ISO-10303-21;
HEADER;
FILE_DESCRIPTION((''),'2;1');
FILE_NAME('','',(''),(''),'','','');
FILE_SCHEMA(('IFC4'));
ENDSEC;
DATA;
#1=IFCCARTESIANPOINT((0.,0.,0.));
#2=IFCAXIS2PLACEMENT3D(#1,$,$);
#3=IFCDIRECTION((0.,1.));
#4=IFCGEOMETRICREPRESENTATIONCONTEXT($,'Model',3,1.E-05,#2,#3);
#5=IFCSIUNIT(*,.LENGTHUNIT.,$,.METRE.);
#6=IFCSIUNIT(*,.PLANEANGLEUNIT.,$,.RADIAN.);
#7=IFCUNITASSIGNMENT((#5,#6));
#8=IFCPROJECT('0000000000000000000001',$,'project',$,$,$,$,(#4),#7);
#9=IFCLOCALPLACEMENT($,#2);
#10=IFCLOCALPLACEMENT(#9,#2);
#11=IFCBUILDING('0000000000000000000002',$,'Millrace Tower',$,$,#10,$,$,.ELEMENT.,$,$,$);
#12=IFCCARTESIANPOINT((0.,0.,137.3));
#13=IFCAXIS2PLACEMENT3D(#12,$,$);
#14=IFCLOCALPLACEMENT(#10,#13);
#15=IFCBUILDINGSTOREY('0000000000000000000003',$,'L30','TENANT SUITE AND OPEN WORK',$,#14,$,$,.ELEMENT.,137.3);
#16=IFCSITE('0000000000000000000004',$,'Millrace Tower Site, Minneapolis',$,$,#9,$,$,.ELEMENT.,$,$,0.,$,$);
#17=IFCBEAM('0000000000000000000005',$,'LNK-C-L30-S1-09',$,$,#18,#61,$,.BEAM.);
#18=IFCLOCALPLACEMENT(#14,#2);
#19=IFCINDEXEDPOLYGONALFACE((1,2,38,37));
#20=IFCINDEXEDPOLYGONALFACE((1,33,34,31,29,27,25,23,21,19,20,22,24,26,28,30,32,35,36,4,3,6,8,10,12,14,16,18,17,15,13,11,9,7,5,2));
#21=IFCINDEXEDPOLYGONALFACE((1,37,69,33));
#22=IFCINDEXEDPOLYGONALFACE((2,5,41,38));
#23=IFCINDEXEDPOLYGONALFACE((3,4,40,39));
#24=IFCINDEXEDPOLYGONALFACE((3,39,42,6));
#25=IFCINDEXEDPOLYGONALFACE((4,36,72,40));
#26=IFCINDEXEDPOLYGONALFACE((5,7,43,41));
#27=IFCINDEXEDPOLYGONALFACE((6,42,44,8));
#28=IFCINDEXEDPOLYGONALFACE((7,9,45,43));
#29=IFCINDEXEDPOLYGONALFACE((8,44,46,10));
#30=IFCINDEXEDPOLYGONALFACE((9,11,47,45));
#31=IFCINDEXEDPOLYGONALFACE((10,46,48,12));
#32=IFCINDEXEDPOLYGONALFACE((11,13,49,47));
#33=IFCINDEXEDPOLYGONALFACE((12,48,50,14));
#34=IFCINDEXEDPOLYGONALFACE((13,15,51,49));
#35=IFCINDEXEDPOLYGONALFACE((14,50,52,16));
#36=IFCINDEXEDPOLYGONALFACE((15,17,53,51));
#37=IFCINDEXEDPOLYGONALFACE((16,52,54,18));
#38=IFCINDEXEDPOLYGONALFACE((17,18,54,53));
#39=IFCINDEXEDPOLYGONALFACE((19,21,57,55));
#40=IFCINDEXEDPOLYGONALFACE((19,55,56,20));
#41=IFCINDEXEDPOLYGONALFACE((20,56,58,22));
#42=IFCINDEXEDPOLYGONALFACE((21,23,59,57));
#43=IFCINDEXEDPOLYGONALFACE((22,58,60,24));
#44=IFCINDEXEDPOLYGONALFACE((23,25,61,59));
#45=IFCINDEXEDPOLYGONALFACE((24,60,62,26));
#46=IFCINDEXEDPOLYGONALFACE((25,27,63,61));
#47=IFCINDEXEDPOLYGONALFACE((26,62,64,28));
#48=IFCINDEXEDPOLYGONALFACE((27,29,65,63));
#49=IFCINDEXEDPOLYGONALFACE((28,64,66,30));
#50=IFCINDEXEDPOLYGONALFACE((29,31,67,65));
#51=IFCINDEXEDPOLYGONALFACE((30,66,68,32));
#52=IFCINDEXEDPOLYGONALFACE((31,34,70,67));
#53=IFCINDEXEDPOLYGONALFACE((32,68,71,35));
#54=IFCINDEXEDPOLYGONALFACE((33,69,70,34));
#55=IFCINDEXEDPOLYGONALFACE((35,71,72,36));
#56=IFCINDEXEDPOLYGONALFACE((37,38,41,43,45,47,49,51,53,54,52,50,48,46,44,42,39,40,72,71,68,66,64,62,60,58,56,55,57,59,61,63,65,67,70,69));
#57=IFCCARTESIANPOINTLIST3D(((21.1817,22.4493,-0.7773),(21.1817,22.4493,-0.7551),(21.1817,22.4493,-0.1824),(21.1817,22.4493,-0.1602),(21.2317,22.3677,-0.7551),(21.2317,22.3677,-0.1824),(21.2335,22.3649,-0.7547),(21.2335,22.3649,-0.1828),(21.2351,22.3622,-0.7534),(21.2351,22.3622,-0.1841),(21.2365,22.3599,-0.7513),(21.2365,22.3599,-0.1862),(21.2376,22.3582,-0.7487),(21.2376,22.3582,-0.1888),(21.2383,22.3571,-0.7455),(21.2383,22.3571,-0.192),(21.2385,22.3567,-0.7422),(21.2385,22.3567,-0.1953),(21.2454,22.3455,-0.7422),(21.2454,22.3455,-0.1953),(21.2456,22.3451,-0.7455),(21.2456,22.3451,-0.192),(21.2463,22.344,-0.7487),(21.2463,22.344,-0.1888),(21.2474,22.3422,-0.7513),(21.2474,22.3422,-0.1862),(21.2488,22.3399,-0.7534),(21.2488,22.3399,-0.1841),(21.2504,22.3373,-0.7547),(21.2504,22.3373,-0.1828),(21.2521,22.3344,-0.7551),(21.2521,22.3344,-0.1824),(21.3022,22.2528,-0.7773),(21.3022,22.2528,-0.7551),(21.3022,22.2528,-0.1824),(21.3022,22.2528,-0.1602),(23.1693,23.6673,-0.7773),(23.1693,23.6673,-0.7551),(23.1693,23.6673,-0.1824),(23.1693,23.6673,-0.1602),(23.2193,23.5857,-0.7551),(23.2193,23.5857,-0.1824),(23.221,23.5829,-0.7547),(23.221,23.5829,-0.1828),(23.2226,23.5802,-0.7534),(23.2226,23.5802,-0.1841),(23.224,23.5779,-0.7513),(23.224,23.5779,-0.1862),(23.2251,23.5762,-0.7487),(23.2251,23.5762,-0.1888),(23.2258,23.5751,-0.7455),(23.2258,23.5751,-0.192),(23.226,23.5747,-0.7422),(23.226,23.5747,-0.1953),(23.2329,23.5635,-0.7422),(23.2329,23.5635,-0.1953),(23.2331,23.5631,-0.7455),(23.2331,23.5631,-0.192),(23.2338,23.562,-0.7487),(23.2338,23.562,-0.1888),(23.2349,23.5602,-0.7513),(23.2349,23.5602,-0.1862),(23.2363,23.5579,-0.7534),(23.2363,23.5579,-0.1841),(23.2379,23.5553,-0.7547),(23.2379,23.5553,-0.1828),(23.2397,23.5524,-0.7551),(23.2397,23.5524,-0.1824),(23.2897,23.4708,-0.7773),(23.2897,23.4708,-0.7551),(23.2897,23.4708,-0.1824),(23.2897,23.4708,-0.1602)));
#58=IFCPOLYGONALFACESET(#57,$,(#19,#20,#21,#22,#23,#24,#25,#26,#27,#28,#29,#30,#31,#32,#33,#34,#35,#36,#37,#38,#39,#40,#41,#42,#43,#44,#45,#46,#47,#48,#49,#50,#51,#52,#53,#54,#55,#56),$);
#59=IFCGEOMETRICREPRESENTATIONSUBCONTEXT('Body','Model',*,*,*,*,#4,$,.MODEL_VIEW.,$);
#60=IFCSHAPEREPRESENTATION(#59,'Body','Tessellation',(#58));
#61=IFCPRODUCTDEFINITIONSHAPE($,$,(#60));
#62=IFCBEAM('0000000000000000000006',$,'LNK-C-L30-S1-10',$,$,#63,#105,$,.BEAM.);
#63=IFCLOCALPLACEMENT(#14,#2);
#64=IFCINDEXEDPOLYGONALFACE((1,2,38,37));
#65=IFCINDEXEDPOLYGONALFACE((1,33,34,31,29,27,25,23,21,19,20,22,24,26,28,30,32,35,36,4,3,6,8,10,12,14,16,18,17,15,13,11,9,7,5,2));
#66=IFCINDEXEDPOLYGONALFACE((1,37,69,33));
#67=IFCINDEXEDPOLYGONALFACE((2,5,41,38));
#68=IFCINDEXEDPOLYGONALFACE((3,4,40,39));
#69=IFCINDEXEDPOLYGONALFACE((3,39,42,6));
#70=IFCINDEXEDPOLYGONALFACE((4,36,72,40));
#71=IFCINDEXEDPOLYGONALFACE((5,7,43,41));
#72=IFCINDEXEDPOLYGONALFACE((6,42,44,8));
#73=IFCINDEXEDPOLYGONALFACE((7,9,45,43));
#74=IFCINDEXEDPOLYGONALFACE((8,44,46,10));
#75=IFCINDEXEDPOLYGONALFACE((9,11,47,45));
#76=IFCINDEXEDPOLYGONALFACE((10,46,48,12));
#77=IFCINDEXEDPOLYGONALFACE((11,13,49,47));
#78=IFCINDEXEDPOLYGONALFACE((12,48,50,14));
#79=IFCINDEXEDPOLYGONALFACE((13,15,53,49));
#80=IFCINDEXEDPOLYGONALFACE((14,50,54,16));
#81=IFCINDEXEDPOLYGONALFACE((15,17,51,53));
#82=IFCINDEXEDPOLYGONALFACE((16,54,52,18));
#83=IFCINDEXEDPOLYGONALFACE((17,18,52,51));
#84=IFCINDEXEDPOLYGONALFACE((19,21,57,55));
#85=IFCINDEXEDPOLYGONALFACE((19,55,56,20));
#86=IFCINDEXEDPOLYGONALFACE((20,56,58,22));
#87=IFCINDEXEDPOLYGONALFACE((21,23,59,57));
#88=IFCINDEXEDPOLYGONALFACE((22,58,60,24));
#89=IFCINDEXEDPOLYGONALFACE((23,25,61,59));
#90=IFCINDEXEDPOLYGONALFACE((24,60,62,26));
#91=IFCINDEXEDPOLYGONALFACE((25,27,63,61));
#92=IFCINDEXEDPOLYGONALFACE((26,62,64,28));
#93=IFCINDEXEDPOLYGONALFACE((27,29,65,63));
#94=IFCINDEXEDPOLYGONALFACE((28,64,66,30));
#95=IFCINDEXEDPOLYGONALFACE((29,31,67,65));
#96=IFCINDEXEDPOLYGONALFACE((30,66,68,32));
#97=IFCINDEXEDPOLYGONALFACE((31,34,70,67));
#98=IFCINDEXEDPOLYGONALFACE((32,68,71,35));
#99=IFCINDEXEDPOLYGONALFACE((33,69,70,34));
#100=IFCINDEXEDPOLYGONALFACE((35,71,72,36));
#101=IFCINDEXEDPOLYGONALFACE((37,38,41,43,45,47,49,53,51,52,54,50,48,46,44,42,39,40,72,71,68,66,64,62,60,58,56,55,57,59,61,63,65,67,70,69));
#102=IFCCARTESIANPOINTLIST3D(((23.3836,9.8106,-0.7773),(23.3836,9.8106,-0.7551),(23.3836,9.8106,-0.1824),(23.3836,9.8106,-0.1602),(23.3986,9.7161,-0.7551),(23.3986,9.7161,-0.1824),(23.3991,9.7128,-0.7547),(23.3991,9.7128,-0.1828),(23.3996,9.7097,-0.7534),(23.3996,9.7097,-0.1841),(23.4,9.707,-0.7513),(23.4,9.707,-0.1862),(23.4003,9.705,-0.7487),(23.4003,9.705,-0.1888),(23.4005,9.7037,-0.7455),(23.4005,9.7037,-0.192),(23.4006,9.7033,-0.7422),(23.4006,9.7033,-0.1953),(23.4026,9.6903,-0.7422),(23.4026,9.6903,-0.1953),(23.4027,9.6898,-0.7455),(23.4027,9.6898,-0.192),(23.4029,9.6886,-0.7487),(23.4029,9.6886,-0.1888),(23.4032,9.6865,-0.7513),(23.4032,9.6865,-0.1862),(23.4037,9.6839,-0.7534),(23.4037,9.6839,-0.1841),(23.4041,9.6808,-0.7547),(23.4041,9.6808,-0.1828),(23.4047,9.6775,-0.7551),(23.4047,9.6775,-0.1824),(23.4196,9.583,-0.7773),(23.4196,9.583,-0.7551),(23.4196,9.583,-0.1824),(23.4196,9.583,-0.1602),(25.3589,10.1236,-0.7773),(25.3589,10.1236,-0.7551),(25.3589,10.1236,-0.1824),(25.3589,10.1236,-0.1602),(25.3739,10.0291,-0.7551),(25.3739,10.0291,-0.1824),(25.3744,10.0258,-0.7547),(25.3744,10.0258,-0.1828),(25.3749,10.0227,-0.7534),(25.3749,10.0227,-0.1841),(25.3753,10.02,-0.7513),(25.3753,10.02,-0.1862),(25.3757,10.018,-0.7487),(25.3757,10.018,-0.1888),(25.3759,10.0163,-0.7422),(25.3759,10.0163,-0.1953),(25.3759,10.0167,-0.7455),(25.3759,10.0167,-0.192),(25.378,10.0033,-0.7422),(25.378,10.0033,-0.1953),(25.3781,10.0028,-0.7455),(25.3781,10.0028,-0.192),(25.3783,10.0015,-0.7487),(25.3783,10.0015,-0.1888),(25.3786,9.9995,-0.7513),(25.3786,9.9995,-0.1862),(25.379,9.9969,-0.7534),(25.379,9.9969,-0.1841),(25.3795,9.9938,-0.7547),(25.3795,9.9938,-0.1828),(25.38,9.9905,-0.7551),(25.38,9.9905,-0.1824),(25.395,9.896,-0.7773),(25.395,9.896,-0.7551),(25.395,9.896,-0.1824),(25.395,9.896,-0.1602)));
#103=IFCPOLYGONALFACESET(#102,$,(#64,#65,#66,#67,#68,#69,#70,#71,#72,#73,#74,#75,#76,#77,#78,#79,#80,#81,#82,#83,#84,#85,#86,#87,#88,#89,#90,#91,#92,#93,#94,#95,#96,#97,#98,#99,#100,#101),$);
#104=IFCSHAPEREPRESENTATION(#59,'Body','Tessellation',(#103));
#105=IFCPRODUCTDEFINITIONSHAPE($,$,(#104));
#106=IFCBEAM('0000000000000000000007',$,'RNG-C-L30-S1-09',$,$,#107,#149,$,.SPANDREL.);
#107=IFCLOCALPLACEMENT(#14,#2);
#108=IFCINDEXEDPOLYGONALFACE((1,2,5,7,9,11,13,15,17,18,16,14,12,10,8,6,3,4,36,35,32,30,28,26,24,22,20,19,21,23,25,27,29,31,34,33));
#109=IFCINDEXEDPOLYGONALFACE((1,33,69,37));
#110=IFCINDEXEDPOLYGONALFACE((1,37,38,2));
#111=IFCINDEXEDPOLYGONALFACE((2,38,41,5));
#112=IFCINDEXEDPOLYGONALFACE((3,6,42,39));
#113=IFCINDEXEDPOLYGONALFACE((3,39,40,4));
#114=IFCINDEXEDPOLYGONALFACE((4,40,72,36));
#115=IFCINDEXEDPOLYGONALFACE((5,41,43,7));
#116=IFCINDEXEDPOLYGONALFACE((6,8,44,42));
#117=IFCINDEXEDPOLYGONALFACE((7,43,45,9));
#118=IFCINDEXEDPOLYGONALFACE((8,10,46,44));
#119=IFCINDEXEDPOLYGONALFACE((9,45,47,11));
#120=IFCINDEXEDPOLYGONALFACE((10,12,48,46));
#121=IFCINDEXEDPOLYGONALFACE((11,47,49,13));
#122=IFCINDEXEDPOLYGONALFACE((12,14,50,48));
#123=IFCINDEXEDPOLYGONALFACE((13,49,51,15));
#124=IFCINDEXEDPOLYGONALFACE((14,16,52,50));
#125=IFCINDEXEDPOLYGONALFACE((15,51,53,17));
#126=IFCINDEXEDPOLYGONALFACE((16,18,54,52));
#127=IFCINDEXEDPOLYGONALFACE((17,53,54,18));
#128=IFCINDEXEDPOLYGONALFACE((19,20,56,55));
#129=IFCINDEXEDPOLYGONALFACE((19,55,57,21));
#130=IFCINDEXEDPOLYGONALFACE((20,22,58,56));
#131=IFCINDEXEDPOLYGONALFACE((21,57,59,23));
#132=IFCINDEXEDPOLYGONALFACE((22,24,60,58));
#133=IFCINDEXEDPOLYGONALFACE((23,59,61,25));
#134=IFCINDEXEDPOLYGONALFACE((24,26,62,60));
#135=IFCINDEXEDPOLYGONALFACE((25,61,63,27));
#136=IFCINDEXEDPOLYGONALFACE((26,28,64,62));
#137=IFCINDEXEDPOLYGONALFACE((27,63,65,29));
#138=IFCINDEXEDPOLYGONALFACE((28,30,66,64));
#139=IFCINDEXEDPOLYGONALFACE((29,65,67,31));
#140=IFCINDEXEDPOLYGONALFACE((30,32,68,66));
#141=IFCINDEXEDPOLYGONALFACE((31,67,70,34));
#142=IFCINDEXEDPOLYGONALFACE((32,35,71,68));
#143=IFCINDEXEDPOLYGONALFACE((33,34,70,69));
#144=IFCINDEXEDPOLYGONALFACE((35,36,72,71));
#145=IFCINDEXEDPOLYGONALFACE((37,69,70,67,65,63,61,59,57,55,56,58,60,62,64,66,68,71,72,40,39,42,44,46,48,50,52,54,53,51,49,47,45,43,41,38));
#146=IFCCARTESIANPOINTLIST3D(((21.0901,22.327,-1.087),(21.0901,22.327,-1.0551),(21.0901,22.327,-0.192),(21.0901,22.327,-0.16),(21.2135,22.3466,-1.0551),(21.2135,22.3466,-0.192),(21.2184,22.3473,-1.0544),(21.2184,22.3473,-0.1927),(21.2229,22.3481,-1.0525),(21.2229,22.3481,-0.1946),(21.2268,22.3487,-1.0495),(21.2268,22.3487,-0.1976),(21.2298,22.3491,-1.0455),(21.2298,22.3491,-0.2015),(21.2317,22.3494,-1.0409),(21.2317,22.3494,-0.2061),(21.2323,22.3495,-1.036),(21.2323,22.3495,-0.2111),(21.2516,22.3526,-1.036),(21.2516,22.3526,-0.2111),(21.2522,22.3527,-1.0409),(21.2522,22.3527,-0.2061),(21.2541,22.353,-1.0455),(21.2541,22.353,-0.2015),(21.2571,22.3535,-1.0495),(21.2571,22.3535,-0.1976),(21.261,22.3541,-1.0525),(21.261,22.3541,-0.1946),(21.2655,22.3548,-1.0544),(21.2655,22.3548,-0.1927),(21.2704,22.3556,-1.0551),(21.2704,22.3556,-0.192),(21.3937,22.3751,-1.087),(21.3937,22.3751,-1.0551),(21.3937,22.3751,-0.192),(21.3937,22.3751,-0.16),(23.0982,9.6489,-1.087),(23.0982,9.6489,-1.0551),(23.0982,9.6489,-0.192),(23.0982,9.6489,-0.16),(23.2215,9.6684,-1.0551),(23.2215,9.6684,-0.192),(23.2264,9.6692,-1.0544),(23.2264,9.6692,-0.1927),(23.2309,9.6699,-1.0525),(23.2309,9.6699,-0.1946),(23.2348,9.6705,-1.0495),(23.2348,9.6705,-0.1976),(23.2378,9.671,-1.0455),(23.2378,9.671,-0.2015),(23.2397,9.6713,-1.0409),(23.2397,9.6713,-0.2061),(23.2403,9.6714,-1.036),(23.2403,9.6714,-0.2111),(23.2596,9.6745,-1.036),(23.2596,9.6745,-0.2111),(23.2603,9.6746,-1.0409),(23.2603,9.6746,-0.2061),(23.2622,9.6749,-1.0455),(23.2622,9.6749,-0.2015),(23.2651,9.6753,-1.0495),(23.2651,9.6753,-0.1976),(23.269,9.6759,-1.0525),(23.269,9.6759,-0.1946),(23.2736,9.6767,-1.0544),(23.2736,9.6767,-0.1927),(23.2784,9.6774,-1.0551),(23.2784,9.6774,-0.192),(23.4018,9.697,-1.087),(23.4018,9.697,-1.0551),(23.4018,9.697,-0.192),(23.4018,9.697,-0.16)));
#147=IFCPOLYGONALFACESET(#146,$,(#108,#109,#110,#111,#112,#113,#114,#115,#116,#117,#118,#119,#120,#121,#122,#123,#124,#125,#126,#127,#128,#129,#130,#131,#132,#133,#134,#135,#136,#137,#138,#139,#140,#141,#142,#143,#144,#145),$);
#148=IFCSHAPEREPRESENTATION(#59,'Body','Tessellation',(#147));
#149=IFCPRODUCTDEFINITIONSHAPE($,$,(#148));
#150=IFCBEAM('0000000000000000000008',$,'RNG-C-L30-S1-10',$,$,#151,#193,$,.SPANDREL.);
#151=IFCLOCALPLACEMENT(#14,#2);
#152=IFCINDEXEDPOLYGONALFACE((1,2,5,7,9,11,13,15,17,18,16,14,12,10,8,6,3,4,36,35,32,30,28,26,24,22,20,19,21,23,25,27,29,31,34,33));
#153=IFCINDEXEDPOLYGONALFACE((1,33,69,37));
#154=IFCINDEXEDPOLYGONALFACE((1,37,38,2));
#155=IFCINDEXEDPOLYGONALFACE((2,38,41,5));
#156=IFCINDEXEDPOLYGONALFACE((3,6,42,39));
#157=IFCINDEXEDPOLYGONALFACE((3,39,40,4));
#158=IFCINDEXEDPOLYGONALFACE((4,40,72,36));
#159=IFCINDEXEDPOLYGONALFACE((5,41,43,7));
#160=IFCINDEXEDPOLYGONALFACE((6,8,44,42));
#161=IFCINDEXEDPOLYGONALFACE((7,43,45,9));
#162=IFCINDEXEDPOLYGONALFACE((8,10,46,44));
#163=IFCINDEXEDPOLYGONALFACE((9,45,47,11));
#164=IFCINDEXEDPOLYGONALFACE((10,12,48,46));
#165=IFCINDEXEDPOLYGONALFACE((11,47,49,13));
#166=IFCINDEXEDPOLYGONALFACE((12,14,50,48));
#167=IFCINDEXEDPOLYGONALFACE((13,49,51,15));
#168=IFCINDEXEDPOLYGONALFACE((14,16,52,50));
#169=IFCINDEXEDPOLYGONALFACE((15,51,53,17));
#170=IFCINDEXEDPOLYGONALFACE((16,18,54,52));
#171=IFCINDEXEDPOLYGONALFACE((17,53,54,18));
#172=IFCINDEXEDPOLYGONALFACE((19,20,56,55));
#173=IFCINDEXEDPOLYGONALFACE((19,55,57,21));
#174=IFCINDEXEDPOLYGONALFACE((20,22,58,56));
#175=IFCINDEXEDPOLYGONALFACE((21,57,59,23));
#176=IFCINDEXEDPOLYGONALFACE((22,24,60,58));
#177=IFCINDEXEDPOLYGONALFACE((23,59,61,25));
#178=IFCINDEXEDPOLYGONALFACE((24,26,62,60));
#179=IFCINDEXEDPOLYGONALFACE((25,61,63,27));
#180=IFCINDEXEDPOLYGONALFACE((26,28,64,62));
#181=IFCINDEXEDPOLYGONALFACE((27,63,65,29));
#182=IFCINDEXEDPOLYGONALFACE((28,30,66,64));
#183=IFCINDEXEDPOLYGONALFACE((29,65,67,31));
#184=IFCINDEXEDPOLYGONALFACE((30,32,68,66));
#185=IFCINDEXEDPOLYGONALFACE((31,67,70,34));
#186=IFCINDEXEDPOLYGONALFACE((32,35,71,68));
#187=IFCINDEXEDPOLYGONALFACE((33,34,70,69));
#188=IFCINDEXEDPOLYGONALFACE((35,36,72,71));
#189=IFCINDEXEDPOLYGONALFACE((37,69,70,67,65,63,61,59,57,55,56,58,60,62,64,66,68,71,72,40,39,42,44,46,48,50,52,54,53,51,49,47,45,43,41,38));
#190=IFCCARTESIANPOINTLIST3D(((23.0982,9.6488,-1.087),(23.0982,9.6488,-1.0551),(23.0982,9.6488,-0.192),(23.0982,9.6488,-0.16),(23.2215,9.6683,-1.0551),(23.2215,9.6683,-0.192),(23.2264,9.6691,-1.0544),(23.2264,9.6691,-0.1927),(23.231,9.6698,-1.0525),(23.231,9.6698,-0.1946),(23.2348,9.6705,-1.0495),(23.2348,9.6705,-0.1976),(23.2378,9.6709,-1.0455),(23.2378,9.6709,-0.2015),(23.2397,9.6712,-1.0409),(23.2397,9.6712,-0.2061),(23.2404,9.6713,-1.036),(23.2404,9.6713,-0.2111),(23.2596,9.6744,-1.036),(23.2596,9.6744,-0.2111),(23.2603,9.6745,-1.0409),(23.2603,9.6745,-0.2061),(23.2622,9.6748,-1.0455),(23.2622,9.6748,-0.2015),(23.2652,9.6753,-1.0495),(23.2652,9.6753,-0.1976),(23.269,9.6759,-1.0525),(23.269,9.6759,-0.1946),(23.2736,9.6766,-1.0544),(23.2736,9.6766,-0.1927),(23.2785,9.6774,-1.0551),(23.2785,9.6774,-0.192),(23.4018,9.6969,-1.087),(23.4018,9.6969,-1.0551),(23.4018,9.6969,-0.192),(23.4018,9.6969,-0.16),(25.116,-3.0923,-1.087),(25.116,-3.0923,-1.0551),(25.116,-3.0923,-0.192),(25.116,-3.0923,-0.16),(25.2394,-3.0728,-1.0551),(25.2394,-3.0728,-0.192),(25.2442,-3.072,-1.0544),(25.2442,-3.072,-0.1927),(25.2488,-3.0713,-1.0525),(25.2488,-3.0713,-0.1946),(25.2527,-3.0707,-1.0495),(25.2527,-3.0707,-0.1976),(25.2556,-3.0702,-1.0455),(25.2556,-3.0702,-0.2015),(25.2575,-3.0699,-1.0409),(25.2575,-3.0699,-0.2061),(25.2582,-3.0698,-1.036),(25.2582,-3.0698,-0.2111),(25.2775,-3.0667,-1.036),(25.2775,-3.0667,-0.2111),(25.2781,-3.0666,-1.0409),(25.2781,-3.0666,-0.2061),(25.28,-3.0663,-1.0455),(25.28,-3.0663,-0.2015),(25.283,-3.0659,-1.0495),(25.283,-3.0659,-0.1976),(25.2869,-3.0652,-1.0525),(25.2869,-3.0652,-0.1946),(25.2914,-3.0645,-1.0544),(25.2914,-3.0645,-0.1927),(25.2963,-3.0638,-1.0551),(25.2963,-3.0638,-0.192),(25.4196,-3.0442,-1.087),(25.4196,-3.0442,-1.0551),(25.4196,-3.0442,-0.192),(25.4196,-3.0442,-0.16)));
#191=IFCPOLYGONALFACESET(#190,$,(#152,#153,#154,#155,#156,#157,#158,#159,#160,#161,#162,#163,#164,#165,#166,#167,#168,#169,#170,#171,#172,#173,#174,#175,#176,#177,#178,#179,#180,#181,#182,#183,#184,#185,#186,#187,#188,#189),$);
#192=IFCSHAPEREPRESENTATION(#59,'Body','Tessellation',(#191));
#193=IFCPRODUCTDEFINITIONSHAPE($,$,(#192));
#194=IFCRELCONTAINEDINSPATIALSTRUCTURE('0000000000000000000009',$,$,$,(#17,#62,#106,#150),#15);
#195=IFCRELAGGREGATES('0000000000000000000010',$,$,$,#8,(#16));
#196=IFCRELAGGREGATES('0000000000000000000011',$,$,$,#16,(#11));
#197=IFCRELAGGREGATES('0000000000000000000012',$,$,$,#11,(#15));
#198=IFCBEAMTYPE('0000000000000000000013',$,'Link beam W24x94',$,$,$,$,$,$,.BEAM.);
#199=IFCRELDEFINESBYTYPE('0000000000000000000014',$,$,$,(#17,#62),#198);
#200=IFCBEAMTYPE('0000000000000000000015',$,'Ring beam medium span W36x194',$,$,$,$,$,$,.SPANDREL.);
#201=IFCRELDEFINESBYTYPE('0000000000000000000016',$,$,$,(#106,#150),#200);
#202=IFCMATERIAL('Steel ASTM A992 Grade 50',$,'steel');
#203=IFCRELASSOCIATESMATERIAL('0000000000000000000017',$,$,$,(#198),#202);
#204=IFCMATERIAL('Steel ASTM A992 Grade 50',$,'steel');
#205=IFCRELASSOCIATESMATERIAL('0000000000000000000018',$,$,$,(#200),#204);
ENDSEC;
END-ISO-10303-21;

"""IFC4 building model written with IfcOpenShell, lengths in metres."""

from ifc_helpers import new_model, si_unit, direction, frame, origin, origin_2d, place, context, subcontext, project, spatial, i_section, extrude, material, material_profile, profile_set, type_object, element, save


model = new_model("IFC4")

# Units and contexts
model_context = context("Model", 3, precision=1e-05, world=origin(), true_north=direction((0.0, 1.0)))
body_context = subcontext(model_context, "Body", "Model", "MODEL_VIEW")
ifc_project = project(units=[si_unit("LENGTHUNIT", "METRE"), si_unit("PLANEANGLEUNIT", "RADIAN")], contexts=[model_context])

# Site, building, storey
site_placement = place(None, origin())
site = spatial("IfcSite", under=ifc_project, at=site_placement, Name="Millrace Tower Site, Minneapolis", CompositionType="ELEMENT", RefElevation=0.0)
building_placement = place(site_placement, origin())
building = spatial("IfcBuilding", under=site, at=building_placement, Name="Millrace Tower", CompositionType="ELEMENT")
storey_placement = place(building_placement, frame((0.0, 0.0, 137.3)))
storey = spatial("IfcBuildingStorey", under=building, at=storey_placement, Name="L30", Description="TENANT SUITE AND OPEN WORK", CompositionType="ELEMENT", Elevation=137.3)

# Beams
ifc_material_1 = material(Name="Steel ASTM A992 Grade 50", Category="steel")
ifc_material_profile_1 = material_profile(ifc_material_1, i_section(OverallWidth=0.2305, OverallDepth=0.6172, WebThickness=0.0132, FlangeThickness=0.0222, FilletRadius=0.0129, at=origin_2d()))
ifc_profile_set_1 = profile_set([ifc_material_profile_1], Name="Steel ASTM A992 Grade 50")
beam_type_1 = type_object("IfcBeamType", Name="Link beam W24x94", PredefinedType="BEAM", material=ifc_profile_set_1)
beam_1_placement = place(storey_placement, frame((21.2419, 22.3511, -0.4688), z_axis=(0.852631, 0.522513, 0.0), x_axis=(-0.522513, 0.852631, 0.0)))
element("IfcBeam", 1, at=beam_1_placement, inside=storey, type_object=beam_type_1, Name="LNK-C-L30-S1-09", PredefinedType="BEAM", context=body_context, shape_type="SweptSolid", body=[
    extrude(i_section(OverallWidth=0.2305, OverallDepth=0.6172, WebThickness=0.0132, FlangeThickness=0.0222, FilletRadius=0.0129, at=origin_2d()), origin(), (0.0, 0.0, 1.0), 2.3311),
])
beam_2_placement = place(storey_placement, frame((23.4016, 9.6968, -0.4688), z_axis=(0.987679, 0.156495, 0.0), x_axis=(-0.156495, 0.987679, 0.0)))
element("IfcBeam", 2, at=beam_2_placement, inside=storey, type_object=beam_type_1, Name="LNK-C-L30-S1-10", PredefinedType="BEAM", context=body_context, shape_type="SweptSolid", body=[
    extrude(i_section(OverallWidth=0.2305, OverallDepth=0.6172, WebThickness=0.0132, FlangeThickness=0.0222, FilletRadius=0.0129, at=origin_2d()), origin(), (0.0, 0.0, 1.0), 2.0),
])
ifc_material_2 = material(Name="Steel ASTM A992 Grade 50", Category="steel")
ifc_material_profile_2 = material_profile(ifc_material_2, i_section(OverallWidth=0.3074, OverallDepth=0.927, WebThickness=0.0195, FlangeThickness=0.032, FilletRadius=0.019, at=origin_2d()))
ifc_profile_set_2 = profile_set([ifc_material_profile_2], Name="Steel ASTM A992 Grade 50")
beam_type_2 = type_object("IfcBeamType", Name="Ring beam medium span W36x194", PredefinedType="SPANDREL", material=ifc_profile_set_2)
beam_3_placement = place(storey_placement, frame((21.2419, 22.3511, -0.6235), z_axis=(0.156436, -0.987688, 0.0), x_axis=(0.987688, 0.156436, 0.0)))
element("IfcBeam", 3, at=beam_3_placement, inside=storey, type_object=beam_type_2, Name="RNG-C-L30-S1-09", PredefinedType="SPANDREL", context=body_context, shape_type="SweptSolid", body=[
    extrude(i_section(OverallWidth=0.3074, OverallDepth=0.927, WebThickness=0.0195, FlangeThickness=0.032, FilletRadius=0.019, at=origin_2d()), origin(), (0.0, 0.0, 1.0), 12.8362),
])
beam_4_placement = place(storey_placement, frame((23.25, 9.6729, -0.6235), z_axis=(0.15642, -0.987691, 0.0), x_axis=(0.987691, 0.15642, 0.0)))
element("IfcBeam", 4, at=beam_4_placement, inside=storey, type_object=beam_type_2, Name="RNG-C-L30-S1-10", PredefinedType="SPANDREL", context=body_context, shape_type="SweptSolid", body=[
    extrude(i_section(OverallWidth=0.3074, OverallDepth=0.927, WebThickness=0.0195, FlangeThickness=0.032, FilletRadius=0.019, at=origin_2d()), origin(), (0.0, 0.0, 1.0), 12.8999),
])

save(model, "model.ifc")
